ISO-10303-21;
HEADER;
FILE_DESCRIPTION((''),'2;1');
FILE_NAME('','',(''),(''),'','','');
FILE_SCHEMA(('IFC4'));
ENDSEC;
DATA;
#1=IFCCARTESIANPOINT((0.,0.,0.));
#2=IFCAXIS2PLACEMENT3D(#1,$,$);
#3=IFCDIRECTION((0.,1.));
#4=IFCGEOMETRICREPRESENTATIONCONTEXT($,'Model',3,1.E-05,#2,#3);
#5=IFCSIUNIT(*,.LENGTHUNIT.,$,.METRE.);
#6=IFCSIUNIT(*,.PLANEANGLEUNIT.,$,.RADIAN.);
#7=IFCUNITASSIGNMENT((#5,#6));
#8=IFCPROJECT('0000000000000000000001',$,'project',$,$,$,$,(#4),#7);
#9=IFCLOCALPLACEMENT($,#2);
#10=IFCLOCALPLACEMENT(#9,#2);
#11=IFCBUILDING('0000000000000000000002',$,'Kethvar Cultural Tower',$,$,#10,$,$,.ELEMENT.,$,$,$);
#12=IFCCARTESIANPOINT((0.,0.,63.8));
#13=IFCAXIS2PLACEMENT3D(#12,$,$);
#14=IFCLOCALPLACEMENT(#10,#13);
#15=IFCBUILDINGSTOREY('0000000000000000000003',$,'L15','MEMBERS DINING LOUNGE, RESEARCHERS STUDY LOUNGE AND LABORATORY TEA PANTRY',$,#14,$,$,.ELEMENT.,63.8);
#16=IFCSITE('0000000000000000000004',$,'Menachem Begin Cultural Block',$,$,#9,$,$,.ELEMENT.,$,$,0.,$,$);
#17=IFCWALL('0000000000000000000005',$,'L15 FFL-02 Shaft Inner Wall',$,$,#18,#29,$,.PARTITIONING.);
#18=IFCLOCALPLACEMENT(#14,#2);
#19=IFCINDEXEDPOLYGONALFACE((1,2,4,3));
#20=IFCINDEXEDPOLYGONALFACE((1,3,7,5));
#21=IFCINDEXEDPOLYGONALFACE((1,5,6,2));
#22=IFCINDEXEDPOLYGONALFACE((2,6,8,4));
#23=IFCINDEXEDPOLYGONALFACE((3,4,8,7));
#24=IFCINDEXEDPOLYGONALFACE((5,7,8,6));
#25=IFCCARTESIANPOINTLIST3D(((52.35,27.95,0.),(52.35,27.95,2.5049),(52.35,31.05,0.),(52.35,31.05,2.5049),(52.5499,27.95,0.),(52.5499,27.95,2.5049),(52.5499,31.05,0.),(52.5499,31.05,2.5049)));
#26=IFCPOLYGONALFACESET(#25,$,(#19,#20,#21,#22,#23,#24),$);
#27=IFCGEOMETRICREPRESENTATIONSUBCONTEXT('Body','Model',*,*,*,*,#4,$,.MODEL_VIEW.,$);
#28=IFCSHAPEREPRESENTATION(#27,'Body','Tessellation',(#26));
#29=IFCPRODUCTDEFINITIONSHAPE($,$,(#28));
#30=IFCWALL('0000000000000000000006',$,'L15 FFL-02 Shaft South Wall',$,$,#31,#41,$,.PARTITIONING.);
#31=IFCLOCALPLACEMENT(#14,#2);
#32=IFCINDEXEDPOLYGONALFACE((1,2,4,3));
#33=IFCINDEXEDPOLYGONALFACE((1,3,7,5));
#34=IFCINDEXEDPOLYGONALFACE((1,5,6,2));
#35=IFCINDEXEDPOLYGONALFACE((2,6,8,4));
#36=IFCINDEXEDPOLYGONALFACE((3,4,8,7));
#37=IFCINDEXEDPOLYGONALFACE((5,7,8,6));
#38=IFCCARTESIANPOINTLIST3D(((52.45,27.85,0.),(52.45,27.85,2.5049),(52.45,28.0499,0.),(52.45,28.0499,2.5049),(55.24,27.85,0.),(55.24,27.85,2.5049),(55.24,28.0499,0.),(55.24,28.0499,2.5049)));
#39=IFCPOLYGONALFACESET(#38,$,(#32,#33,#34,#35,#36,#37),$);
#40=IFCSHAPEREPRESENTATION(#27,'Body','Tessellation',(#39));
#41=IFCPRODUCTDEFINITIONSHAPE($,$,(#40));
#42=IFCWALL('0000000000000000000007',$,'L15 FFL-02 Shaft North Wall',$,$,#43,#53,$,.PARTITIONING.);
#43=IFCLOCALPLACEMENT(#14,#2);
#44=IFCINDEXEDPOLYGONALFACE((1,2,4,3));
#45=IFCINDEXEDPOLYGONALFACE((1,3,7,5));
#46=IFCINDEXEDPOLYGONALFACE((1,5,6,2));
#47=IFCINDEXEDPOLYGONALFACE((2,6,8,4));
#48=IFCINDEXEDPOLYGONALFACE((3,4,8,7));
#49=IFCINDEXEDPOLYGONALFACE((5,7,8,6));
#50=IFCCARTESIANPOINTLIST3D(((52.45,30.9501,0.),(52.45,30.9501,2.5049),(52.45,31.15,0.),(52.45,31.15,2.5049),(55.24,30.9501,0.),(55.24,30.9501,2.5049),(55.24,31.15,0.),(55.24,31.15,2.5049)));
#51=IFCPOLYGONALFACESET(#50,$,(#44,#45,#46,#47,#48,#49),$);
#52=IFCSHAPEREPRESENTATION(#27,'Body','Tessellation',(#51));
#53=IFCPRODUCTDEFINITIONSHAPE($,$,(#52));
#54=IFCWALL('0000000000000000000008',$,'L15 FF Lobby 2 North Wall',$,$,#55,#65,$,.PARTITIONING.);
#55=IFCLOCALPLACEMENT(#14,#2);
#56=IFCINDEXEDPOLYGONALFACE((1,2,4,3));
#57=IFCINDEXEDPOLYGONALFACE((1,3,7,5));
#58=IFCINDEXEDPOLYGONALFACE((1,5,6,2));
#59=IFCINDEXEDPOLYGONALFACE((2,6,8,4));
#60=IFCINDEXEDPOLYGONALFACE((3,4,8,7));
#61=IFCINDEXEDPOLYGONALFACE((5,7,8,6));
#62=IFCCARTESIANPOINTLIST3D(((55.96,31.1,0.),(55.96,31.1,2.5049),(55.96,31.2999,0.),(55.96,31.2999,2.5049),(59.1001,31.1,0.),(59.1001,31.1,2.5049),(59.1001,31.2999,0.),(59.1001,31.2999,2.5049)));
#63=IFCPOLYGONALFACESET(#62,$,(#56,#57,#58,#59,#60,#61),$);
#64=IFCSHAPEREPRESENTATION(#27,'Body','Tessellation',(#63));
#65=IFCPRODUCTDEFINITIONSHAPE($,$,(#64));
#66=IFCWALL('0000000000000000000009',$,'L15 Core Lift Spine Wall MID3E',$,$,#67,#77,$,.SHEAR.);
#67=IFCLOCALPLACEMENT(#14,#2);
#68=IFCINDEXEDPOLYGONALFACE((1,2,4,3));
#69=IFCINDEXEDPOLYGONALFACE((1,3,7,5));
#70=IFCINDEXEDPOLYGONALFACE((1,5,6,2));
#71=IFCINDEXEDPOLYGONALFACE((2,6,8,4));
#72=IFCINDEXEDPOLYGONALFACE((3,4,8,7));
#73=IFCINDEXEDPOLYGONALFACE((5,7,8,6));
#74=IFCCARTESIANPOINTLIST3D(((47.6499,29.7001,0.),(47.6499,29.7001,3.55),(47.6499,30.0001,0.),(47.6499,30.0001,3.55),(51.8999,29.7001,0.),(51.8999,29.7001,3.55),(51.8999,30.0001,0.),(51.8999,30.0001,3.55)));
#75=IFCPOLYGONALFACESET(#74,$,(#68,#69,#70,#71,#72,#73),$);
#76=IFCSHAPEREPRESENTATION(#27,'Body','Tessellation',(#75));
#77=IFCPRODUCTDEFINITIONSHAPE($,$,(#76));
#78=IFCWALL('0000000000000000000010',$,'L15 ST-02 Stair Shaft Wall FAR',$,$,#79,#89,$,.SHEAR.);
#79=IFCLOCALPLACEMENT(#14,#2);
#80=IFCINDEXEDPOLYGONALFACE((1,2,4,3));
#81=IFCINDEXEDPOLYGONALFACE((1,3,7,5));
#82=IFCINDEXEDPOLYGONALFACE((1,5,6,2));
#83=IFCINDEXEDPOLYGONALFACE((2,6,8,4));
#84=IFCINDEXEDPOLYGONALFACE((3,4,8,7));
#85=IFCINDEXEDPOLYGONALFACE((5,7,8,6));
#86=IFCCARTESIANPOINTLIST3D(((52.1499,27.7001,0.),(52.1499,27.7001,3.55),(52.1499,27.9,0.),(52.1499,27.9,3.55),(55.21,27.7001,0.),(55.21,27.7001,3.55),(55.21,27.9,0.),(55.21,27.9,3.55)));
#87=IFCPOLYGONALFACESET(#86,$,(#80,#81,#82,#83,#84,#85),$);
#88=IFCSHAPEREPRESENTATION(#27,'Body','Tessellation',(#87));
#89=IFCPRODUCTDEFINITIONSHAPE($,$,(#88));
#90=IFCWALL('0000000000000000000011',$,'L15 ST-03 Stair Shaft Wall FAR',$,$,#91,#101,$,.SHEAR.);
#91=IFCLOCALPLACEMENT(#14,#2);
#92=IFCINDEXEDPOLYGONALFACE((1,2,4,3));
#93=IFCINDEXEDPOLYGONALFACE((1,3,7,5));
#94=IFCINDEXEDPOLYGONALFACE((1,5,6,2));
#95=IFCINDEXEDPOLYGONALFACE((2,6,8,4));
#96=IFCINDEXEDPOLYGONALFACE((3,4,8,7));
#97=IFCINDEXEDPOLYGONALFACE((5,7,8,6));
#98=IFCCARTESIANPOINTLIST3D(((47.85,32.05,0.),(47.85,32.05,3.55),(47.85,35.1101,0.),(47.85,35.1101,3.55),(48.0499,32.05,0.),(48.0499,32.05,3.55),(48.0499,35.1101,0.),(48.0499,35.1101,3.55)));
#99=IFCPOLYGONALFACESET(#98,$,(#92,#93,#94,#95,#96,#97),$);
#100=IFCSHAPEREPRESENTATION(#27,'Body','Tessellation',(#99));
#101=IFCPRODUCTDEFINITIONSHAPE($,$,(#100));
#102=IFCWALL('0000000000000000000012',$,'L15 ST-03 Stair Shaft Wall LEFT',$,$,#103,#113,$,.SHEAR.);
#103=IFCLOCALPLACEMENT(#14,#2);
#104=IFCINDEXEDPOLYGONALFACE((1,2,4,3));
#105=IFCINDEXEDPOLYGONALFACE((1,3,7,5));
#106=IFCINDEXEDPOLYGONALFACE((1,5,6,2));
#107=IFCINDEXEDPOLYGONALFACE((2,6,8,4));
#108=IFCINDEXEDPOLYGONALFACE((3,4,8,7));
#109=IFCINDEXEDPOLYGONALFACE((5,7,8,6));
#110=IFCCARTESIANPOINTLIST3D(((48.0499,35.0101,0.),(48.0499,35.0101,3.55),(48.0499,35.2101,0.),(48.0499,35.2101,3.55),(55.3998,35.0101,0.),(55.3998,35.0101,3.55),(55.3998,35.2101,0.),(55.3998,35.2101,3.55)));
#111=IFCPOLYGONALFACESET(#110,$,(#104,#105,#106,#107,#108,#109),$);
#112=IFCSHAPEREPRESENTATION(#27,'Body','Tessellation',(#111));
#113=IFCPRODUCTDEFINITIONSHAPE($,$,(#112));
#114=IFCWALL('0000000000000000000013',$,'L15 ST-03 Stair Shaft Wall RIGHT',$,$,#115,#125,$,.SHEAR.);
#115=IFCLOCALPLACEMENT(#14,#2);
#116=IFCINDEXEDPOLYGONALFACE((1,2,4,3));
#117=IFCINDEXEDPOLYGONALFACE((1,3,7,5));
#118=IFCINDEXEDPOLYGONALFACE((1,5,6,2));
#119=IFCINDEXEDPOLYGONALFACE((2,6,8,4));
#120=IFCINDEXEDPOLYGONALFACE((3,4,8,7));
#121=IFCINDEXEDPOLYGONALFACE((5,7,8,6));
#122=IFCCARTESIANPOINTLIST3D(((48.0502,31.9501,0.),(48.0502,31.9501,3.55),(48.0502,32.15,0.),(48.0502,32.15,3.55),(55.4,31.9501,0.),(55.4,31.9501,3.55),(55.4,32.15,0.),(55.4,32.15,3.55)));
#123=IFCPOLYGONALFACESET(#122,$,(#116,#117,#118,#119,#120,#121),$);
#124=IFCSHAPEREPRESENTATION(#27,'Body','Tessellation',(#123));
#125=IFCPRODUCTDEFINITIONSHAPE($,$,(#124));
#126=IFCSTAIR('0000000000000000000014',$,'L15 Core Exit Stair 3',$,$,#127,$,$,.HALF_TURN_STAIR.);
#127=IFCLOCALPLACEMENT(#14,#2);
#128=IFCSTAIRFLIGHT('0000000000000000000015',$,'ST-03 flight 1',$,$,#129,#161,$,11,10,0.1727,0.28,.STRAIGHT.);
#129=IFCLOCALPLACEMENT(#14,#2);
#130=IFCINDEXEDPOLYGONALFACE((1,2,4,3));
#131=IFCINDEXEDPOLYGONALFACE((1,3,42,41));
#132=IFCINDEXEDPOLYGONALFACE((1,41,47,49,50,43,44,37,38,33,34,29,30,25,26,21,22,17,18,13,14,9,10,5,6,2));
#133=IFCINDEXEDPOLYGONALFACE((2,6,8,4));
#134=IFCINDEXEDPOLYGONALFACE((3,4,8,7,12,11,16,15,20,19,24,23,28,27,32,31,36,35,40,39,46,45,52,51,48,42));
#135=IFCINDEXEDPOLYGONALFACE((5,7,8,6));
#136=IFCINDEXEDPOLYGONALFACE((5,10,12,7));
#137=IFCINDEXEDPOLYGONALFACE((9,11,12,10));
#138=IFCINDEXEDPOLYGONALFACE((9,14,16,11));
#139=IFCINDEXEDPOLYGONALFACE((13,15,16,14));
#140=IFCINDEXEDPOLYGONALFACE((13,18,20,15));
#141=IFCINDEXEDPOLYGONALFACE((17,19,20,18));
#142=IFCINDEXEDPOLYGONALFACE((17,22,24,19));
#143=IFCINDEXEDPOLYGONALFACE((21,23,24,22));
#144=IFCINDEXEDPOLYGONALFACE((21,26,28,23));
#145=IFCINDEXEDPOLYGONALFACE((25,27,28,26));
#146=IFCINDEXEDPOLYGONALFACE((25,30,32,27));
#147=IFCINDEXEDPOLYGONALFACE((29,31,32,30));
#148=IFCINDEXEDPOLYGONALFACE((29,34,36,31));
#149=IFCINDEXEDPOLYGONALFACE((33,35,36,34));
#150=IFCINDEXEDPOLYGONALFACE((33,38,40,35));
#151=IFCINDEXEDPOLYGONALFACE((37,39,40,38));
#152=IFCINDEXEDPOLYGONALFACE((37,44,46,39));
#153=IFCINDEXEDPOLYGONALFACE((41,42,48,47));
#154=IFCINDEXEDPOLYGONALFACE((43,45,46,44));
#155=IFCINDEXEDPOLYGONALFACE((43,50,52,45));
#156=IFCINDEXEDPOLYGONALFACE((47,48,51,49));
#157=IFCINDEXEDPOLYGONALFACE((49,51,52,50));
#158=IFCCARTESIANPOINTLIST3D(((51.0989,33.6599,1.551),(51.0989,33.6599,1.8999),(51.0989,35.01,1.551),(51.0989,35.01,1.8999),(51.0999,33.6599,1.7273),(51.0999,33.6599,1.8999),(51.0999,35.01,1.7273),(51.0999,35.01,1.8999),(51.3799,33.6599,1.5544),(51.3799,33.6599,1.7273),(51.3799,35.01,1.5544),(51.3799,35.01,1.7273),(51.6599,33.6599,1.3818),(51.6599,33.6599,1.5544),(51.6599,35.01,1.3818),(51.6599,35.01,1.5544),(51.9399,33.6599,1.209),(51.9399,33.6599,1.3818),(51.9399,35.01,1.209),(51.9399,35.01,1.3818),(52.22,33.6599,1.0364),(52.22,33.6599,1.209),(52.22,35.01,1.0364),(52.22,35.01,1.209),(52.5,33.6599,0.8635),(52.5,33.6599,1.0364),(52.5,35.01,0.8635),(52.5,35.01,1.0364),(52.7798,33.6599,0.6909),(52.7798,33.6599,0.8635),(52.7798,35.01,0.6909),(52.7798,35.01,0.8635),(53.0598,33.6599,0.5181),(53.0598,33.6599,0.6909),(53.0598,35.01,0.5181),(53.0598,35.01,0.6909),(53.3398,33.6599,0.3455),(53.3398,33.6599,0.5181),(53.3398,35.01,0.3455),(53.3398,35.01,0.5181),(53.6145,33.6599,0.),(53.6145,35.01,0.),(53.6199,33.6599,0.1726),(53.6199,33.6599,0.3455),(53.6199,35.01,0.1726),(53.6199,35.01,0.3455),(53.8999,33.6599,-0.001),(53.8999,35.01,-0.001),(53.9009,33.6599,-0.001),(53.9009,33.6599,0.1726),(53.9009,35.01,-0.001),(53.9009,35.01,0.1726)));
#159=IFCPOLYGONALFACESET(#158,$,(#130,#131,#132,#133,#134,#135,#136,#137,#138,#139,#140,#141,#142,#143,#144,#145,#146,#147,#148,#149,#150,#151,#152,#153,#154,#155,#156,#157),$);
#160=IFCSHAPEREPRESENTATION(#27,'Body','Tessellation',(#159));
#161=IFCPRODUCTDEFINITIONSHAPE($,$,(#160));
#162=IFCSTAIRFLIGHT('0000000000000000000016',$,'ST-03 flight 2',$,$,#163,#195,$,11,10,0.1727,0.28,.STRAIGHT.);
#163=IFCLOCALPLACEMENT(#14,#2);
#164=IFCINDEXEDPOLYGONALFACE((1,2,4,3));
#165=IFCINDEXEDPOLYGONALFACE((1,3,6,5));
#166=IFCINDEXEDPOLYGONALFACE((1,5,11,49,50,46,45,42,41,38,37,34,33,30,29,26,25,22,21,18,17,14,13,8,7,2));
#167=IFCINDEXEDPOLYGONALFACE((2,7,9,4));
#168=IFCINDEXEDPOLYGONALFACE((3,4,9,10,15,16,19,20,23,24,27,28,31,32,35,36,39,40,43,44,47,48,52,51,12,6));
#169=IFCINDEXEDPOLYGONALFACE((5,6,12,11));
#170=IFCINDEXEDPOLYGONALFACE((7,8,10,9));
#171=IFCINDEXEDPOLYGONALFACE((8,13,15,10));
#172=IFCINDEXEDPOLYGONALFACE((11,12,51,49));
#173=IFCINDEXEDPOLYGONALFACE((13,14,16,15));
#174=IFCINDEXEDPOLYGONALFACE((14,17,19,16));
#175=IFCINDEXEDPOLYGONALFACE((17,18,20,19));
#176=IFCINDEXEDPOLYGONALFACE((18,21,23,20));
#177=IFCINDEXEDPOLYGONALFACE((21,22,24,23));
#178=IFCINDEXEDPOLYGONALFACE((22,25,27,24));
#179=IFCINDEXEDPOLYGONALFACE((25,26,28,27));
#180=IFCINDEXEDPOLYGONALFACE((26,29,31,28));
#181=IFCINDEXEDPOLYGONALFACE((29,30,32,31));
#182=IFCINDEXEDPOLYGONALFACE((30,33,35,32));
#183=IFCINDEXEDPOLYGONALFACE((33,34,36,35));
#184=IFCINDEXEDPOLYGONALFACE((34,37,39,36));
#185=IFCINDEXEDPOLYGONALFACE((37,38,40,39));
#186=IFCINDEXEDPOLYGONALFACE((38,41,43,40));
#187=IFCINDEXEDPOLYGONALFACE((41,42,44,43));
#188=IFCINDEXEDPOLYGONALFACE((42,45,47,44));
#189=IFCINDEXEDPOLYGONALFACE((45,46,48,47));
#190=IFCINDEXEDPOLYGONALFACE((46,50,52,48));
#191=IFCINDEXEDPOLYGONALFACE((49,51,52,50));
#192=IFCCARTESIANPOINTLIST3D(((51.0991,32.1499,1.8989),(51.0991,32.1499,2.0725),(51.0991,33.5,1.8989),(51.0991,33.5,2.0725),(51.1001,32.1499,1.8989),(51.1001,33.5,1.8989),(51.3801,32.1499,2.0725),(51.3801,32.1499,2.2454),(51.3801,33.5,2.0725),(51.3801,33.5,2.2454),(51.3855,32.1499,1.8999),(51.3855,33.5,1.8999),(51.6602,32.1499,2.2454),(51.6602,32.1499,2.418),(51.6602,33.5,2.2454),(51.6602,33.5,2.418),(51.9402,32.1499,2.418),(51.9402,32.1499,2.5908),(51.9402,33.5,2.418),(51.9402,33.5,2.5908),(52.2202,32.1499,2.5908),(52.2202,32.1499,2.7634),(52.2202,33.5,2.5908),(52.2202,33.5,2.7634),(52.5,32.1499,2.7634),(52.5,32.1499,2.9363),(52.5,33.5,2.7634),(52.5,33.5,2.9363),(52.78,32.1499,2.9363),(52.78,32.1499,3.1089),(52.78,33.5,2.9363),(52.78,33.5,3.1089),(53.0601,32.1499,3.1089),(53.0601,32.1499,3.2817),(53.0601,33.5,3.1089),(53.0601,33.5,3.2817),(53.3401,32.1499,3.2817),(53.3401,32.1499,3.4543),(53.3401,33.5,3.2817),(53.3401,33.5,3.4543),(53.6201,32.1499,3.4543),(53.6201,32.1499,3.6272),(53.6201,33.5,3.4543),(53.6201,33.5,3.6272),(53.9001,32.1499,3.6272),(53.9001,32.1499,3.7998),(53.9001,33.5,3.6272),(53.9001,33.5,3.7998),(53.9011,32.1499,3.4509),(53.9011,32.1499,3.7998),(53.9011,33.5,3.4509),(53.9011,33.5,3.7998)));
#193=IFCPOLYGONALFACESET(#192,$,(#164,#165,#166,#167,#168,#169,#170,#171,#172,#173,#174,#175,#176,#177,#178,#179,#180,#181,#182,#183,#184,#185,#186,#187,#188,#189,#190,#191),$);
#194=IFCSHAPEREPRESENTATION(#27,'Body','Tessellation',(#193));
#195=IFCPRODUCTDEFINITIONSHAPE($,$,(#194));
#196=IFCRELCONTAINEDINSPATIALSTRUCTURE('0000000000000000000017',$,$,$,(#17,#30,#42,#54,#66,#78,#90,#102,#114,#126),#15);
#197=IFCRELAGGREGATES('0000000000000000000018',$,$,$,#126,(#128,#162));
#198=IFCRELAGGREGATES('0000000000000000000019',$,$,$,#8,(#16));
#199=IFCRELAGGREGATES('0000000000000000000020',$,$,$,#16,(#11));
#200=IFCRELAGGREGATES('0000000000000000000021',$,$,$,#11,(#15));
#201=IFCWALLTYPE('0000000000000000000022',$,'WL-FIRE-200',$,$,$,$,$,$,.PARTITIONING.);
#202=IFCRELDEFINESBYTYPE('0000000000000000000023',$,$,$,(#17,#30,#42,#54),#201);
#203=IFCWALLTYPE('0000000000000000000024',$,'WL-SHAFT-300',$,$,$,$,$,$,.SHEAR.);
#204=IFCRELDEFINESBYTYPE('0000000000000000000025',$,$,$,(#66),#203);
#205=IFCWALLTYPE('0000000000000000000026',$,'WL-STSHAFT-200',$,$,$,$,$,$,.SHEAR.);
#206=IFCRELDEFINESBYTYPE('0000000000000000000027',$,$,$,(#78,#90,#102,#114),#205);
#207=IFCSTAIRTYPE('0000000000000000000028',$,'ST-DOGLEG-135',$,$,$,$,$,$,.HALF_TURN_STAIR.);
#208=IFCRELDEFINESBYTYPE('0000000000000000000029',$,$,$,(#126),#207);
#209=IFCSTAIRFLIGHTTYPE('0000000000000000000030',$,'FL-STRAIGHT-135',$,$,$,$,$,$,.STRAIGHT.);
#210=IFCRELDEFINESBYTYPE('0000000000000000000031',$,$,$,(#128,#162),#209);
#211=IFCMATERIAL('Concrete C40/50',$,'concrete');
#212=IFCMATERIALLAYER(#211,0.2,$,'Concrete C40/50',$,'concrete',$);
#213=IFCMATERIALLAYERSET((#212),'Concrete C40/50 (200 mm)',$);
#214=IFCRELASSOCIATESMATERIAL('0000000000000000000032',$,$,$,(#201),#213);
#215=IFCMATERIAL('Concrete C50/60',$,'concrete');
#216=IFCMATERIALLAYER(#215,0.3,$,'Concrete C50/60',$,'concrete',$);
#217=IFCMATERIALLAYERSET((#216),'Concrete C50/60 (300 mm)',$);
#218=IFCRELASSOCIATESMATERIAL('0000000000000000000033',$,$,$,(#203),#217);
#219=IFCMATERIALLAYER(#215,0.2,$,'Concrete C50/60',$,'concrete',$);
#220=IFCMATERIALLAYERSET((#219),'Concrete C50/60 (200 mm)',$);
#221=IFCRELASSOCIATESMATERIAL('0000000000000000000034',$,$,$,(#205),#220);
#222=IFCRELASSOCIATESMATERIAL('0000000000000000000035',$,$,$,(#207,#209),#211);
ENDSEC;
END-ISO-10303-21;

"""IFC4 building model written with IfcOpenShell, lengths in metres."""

from ifc_helpers import new_model, si_unit, direction, frame, frame_2d, origin, place, context, subcontext, project, spatial, polyline, rectangle, outline, extrude, material, layer, layer_set, type_object, element, aggregate, save


model = new_model("IFC4")

# Units and contexts
model_context = context("Model", 3, precision=1e-05, world=origin(), true_north=direction((0.0, 1.0)))
body_context = subcontext(model_context, "Body", "Model", "MODEL_VIEW")
ifc_project = project(units=[si_unit("LENGTHUNIT", "METRE"), si_unit("PLANEANGLEUNIT", "RADIAN")], contexts=[model_context])

# Site, building, storey
site_placement = place(None, origin())
site = spatial("IfcSite", under=ifc_project, at=site_placement, Name="Menachem Begin Cultural Block", CompositionType="ELEMENT", RefElevation=0.0)
building_placement = place(site_placement, origin())
building = spatial("IfcBuilding", under=site, at=building_placement, Name="Kethvar Cultural Tower", CompositionType="ELEMENT")
storey_placement = place(building_placement, frame((0.0, 0.0, 63.8)))
storey = spatial("IfcBuildingStorey", under=building, at=storey_placement, Name="L15", Description="MEMBERS DINING LOUNGE, RESEARCHERS STUDY LOUNGE AND LABORATORY TEA PANTRY", CompositionType="ELEMENT", Elevation=63.8)

# Walls
ifc_material_1 = material(Name="Concrete C40/50", Category="concrete")
ifc_layer_1 = layer(ifc_material_1, 0.2, Name="Concrete C40/50", Category="concrete")
ifc_layer_set_1 = layer_set([ifc_layer_1], Name="Concrete C40/50 (200 mm)")
wall_type_1 = type_object("IfcWallType", Name="WL-FIRE-200", PredefinedType="PARTITIONING", material=ifc_layer_set_1)
wall_1_placement = place(storey_placement, frame((52.45, 27.95, 0.0), z_axis=(0.0, 0.0, 1.0), x_axis=(0.0, 1.0, 0.0)))
element("IfcWall", 1, at=wall_1_placement, inside=storey, type_object=wall_type_1, Name="L15 FFL-02 Shaft Inner Wall", PredefinedType="PARTITIONING", context=body_context, shape_type="SweptSolid", body=[
    extrude(rectangle(XDim=3.1001, YDim=0.2, at=frame_2d((1.55, 0.0))), origin(), (0.0, 0.0, 1.0), 2.5049),
])
for number, where, z_axis, x_axis, name in (
    (2, (52.45, 27.95, 0.0), (0.0, 0.0, 1.0), (1.0, 0.0, 0.0), "L15 FFL-02 Shaft South Wall"),
    (3, (52.45, 31.05, 0.0), (0.0, 0.0, 1.0), (1.0, 0.0, 0.0), "L15 FFL-02 Shaft North Wall"),
):
    element("IfcWall", number, at=place(storey_placement, frame(where, z_axis=z_axis, x_axis=x_axis)), inside=storey, type_object=wall_type_1, Name=name, PredefinedType="PARTITIONING", context=body_context, shape_type="SweptSolid", body=[
        extrude(rectangle(XDim=2.79, YDim=0.2, at=frame_2d((1.395, 0.0))), origin(), (0.0, 0.0, 1.0), 2.5049),
    ])
wall_2_placement = place(storey_placement, frame((55.96, 31.2, 0.0), z_axis=(0.0, 0.0, 1.0), x_axis=(1.0, 0.0, 0.0)))
element("IfcWall", 4, at=wall_2_placement, inside=storey, type_object=wall_type_1, Name="L15 FF Lobby 2 North Wall", PredefinedType="PARTITIONING", context=body_context, shape_type="SweptSolid", body=[
    extrude(rectangle(XDim=3.1401, YDim=0.2, at=frame_2d((1.5701, 0.0))), origin(), (0.0, 0.0, 1.0), 2.5049),
])
ifc_material_2 = material(Name="Concrete C50/60", Category="concrete")
ifc_layer_2 = layer(ifc_material_2, 0.3, Name="Concrete C50/60", Category="concrete")
ifc_layer_set_2 = layer_set([ifc_layer_2], Name="Concrete C50/60 (300 mm)")
wall_type_2 = type_object("IfcWallType", Name="WL-SHAFT-300", PredefinedType="SHEAR", material=ifc_layer_set_2)
wall_3_placement = place(storey_placement, frame((47.6499, 29.8501, 0.0), z_axis=(0.0, 0.0, 1.0), x_axis=(1.0, 0.0, 0.0)))
element("IfcWall", 5, at=wall_3_placement, inside=storey, type_object=wall_type_2, Name="L15 Core Lift Spine Wall MID3E", PredefinedType="SHEAR", context=body_context, shape_type="SweptSolid", body=[
    extrude(rectangle(XDim=4.25, YDim=0.3, at=frame_2d((2.125, 0.0))), origin(), (0.0, 0.0, 1.0), 3.55),
])
ifc_layer_3 = layer(ifc_material_2, 0.2, Name="Concrete C50/60", Category="concrete")
ifc_layer_set_3 = layer_set([ifc_layer_3], Name="Concrete C50/60 (200 mm)")
wall_type_3 = type_object("IfcWallType", Name="WL-STSHAFT-200", PredefinedType="SHEAR", material=ifc_layer_set_3)
for number, where, z_axis, x_axis, name in (
    (6, (52.1499, 27.8, 0.0), (0.0, 0.0, 1.0), (1.0, 0.0, 0.0), "L15 ST-02 Stair Shaft Wall FAR"),
    (7, (47.95, 32.05, 0.0), (0.0, 0.0, 1.0), (0.0, 1.0, 0.0), "L15 ST-03 Stair Shaft Wall FAR"),
):
    element("IfcWall", number, at=place(storey_placement, frame(where, z_axis=z_axis, x_axis=x_axis)), inside=storey, type_object=wall_type_3, Name=name, PredefinedType="SHEAR", context=body_context, shape_type="SweptSolid", body=[
        extrude(rectangle(XDim=3.0601, YDim=0.2, at=frame_2d((1.53, 0.0))), origin(), (0.0, 0.0, 1.0), 3.55),
    ])
for number, where, z_axis, x_axis, name in (
    (8, (48.05, 35.1101, 0.0), (0.0, 0.0, 1.0), (1.0, 0.0, 0.0), "L15 ST-03 Stair Shaft Wall LEFT"),
    (9, (55.3999, 32.05, 0.0), (0.0, 0.0, 1.0), (-1.0, 0.0, 0.0), "L15 ST-03 Stair Shaft Wall RIGHT"),
):
    element("IfcWall", number, at=place(storey_placement, frame(where, z_axis=z_axis, x_axis=x_axis)), inside=storey, type_object=wall_type_3, Name=name, PredefinedType="SHEAR", context=body_context, shape_type="SweptSolid", body=[
        extrude(rectangle(XDim=7.3499, YDim=0.2, at=frame_2d((3.6748, 0.0))), origin(), (0.0, 0.0, 1.0), 3.55),
    ])

# Stair, stair flights
stair_type = type_object("IfcStairType", Name="ST-DOGLEG-135", PredefinedType="HALF_TURN_STAIR", material=ifc_material_1)
stair_placement = place(storey_placement, origin())
stair = element("IfcStair", 10, at=stair_placement, inside=storey, type_object=stair_type, Name="L15 Core Exit Stair 3", PredefinedType="HALF_TURN_STAIR")
stair_flight_type = type_object("IfcStairFlightType", Name="FL-STRAIGHT-135", PredefinedType="STRAIGHT", material=ifc_material_1)
stair_flight_1_placement = place(storey_placement, frame((53.8999, 34.335, 0.0), z_axis=(0.0, 0.0, 1.0), x_axis=(-1.0, 0.0, 0.0)))
stair_flight_1 = element("IfcStairFlight", 11, at=stair_flight_1_placement, type_object=stair_flight_type, Name="ST-03 flight 1", NumberOfRisers=11, NumberOfTreads=10, PredefinedType="STRAIGHT", RiserHeight=0.1727, TreadLength=0.28, context=body_context, shape_type="SweptSolid", body=[
    extrude(outline(polyline([(-0.001, -0.001), (-0.001, 0.1726), (0.28, 0.1726), (0.28, 0.3455), (0.5601, 0.3455), (0.5601, 0.5181), (0.8401, 0.5181), (0.8401, 0.6909), (1.1201, 0.6909), (1.1201, 0.8635), (1.3999, 0.8635), (1.3999, 1.0364), (1.6799, 1.0364), (1.6799, 1.209), (1.96, 1.209), (1.96, 1.3818), (2.24, 1.3818), (2.24, 1.5544), (2.52, 1.5544), (2.52, 1.7273), (2.8, 1.7273), (2.8, 1.8999), (2.801, 1.8999), (2.801, 1.551), (0.2854, 0.0), (0.0, -0.001), (-0.001, -0.001)])), frame((0.0, 0.675, 0.0), z_axis=(0.0, -1.0, 0.0), x_axis=(1.0, 0.0, 0.0)), (0.0, 0.0, 1.0), 1.3501),
])
stair_flight_2_placement = place(storey_placement, frame((51.1001, 32.825, 1.8999), z_axis=(0.0, 0.0, 1.0), x_axis=(1.0, 0.0, 0.0)))
stair_flight_2 = element("IfcStairFlight", 12, at=stair_flight_2_placement, type_object=stair_flight_type, Name="ST-03 flight 2", NumberOfRisers=11, NumberOfTreads=10, PredefinedType="STRAIGHT", RiserHeight=0.1727, TreadLength=0.28, context=body_context, shape_type="SweptSolid", body=[
    extrude(outline(polyline([(-0.001, -0.001), (-0.001, 0.1726), (0.28, 0.1726), (0.28, 0.3455), (0.5601, 0.3455), (0.5601, 0.5181), (0.8401, 0.5181), (0.8401, 0.6909), (1.1201, 0.6909), (1.1201, 0.8635), (1.3999, 0.8635), (1.3999, 1.0364), (1.6799, 1.0364), (1.6799, 1.209), (1.96, 1.209), (1.96, 1.3818), (2.24, 1.3818), (2.24, 1.5544), (2.52, 1.5544), (2.52, 1.7273), (2.8, 1.7273), (2.8, 1.8999), (2.801, 1.8999), (2.801, 1.551), (0.2854, 0.0), (0.0, -0.001), (-0.001, -0.001)])), frame((0.0, 0.675, 0.0), z_axis=(0.0, -1.0, 0.0), x_axis=(1.0, 0.0, 0.0)), (0.0, 0.0, 1.0), 1.3501),
])
aggregate(stair, [stair_flight_1, stair_flight_2])

save(model, "model.ifc")
